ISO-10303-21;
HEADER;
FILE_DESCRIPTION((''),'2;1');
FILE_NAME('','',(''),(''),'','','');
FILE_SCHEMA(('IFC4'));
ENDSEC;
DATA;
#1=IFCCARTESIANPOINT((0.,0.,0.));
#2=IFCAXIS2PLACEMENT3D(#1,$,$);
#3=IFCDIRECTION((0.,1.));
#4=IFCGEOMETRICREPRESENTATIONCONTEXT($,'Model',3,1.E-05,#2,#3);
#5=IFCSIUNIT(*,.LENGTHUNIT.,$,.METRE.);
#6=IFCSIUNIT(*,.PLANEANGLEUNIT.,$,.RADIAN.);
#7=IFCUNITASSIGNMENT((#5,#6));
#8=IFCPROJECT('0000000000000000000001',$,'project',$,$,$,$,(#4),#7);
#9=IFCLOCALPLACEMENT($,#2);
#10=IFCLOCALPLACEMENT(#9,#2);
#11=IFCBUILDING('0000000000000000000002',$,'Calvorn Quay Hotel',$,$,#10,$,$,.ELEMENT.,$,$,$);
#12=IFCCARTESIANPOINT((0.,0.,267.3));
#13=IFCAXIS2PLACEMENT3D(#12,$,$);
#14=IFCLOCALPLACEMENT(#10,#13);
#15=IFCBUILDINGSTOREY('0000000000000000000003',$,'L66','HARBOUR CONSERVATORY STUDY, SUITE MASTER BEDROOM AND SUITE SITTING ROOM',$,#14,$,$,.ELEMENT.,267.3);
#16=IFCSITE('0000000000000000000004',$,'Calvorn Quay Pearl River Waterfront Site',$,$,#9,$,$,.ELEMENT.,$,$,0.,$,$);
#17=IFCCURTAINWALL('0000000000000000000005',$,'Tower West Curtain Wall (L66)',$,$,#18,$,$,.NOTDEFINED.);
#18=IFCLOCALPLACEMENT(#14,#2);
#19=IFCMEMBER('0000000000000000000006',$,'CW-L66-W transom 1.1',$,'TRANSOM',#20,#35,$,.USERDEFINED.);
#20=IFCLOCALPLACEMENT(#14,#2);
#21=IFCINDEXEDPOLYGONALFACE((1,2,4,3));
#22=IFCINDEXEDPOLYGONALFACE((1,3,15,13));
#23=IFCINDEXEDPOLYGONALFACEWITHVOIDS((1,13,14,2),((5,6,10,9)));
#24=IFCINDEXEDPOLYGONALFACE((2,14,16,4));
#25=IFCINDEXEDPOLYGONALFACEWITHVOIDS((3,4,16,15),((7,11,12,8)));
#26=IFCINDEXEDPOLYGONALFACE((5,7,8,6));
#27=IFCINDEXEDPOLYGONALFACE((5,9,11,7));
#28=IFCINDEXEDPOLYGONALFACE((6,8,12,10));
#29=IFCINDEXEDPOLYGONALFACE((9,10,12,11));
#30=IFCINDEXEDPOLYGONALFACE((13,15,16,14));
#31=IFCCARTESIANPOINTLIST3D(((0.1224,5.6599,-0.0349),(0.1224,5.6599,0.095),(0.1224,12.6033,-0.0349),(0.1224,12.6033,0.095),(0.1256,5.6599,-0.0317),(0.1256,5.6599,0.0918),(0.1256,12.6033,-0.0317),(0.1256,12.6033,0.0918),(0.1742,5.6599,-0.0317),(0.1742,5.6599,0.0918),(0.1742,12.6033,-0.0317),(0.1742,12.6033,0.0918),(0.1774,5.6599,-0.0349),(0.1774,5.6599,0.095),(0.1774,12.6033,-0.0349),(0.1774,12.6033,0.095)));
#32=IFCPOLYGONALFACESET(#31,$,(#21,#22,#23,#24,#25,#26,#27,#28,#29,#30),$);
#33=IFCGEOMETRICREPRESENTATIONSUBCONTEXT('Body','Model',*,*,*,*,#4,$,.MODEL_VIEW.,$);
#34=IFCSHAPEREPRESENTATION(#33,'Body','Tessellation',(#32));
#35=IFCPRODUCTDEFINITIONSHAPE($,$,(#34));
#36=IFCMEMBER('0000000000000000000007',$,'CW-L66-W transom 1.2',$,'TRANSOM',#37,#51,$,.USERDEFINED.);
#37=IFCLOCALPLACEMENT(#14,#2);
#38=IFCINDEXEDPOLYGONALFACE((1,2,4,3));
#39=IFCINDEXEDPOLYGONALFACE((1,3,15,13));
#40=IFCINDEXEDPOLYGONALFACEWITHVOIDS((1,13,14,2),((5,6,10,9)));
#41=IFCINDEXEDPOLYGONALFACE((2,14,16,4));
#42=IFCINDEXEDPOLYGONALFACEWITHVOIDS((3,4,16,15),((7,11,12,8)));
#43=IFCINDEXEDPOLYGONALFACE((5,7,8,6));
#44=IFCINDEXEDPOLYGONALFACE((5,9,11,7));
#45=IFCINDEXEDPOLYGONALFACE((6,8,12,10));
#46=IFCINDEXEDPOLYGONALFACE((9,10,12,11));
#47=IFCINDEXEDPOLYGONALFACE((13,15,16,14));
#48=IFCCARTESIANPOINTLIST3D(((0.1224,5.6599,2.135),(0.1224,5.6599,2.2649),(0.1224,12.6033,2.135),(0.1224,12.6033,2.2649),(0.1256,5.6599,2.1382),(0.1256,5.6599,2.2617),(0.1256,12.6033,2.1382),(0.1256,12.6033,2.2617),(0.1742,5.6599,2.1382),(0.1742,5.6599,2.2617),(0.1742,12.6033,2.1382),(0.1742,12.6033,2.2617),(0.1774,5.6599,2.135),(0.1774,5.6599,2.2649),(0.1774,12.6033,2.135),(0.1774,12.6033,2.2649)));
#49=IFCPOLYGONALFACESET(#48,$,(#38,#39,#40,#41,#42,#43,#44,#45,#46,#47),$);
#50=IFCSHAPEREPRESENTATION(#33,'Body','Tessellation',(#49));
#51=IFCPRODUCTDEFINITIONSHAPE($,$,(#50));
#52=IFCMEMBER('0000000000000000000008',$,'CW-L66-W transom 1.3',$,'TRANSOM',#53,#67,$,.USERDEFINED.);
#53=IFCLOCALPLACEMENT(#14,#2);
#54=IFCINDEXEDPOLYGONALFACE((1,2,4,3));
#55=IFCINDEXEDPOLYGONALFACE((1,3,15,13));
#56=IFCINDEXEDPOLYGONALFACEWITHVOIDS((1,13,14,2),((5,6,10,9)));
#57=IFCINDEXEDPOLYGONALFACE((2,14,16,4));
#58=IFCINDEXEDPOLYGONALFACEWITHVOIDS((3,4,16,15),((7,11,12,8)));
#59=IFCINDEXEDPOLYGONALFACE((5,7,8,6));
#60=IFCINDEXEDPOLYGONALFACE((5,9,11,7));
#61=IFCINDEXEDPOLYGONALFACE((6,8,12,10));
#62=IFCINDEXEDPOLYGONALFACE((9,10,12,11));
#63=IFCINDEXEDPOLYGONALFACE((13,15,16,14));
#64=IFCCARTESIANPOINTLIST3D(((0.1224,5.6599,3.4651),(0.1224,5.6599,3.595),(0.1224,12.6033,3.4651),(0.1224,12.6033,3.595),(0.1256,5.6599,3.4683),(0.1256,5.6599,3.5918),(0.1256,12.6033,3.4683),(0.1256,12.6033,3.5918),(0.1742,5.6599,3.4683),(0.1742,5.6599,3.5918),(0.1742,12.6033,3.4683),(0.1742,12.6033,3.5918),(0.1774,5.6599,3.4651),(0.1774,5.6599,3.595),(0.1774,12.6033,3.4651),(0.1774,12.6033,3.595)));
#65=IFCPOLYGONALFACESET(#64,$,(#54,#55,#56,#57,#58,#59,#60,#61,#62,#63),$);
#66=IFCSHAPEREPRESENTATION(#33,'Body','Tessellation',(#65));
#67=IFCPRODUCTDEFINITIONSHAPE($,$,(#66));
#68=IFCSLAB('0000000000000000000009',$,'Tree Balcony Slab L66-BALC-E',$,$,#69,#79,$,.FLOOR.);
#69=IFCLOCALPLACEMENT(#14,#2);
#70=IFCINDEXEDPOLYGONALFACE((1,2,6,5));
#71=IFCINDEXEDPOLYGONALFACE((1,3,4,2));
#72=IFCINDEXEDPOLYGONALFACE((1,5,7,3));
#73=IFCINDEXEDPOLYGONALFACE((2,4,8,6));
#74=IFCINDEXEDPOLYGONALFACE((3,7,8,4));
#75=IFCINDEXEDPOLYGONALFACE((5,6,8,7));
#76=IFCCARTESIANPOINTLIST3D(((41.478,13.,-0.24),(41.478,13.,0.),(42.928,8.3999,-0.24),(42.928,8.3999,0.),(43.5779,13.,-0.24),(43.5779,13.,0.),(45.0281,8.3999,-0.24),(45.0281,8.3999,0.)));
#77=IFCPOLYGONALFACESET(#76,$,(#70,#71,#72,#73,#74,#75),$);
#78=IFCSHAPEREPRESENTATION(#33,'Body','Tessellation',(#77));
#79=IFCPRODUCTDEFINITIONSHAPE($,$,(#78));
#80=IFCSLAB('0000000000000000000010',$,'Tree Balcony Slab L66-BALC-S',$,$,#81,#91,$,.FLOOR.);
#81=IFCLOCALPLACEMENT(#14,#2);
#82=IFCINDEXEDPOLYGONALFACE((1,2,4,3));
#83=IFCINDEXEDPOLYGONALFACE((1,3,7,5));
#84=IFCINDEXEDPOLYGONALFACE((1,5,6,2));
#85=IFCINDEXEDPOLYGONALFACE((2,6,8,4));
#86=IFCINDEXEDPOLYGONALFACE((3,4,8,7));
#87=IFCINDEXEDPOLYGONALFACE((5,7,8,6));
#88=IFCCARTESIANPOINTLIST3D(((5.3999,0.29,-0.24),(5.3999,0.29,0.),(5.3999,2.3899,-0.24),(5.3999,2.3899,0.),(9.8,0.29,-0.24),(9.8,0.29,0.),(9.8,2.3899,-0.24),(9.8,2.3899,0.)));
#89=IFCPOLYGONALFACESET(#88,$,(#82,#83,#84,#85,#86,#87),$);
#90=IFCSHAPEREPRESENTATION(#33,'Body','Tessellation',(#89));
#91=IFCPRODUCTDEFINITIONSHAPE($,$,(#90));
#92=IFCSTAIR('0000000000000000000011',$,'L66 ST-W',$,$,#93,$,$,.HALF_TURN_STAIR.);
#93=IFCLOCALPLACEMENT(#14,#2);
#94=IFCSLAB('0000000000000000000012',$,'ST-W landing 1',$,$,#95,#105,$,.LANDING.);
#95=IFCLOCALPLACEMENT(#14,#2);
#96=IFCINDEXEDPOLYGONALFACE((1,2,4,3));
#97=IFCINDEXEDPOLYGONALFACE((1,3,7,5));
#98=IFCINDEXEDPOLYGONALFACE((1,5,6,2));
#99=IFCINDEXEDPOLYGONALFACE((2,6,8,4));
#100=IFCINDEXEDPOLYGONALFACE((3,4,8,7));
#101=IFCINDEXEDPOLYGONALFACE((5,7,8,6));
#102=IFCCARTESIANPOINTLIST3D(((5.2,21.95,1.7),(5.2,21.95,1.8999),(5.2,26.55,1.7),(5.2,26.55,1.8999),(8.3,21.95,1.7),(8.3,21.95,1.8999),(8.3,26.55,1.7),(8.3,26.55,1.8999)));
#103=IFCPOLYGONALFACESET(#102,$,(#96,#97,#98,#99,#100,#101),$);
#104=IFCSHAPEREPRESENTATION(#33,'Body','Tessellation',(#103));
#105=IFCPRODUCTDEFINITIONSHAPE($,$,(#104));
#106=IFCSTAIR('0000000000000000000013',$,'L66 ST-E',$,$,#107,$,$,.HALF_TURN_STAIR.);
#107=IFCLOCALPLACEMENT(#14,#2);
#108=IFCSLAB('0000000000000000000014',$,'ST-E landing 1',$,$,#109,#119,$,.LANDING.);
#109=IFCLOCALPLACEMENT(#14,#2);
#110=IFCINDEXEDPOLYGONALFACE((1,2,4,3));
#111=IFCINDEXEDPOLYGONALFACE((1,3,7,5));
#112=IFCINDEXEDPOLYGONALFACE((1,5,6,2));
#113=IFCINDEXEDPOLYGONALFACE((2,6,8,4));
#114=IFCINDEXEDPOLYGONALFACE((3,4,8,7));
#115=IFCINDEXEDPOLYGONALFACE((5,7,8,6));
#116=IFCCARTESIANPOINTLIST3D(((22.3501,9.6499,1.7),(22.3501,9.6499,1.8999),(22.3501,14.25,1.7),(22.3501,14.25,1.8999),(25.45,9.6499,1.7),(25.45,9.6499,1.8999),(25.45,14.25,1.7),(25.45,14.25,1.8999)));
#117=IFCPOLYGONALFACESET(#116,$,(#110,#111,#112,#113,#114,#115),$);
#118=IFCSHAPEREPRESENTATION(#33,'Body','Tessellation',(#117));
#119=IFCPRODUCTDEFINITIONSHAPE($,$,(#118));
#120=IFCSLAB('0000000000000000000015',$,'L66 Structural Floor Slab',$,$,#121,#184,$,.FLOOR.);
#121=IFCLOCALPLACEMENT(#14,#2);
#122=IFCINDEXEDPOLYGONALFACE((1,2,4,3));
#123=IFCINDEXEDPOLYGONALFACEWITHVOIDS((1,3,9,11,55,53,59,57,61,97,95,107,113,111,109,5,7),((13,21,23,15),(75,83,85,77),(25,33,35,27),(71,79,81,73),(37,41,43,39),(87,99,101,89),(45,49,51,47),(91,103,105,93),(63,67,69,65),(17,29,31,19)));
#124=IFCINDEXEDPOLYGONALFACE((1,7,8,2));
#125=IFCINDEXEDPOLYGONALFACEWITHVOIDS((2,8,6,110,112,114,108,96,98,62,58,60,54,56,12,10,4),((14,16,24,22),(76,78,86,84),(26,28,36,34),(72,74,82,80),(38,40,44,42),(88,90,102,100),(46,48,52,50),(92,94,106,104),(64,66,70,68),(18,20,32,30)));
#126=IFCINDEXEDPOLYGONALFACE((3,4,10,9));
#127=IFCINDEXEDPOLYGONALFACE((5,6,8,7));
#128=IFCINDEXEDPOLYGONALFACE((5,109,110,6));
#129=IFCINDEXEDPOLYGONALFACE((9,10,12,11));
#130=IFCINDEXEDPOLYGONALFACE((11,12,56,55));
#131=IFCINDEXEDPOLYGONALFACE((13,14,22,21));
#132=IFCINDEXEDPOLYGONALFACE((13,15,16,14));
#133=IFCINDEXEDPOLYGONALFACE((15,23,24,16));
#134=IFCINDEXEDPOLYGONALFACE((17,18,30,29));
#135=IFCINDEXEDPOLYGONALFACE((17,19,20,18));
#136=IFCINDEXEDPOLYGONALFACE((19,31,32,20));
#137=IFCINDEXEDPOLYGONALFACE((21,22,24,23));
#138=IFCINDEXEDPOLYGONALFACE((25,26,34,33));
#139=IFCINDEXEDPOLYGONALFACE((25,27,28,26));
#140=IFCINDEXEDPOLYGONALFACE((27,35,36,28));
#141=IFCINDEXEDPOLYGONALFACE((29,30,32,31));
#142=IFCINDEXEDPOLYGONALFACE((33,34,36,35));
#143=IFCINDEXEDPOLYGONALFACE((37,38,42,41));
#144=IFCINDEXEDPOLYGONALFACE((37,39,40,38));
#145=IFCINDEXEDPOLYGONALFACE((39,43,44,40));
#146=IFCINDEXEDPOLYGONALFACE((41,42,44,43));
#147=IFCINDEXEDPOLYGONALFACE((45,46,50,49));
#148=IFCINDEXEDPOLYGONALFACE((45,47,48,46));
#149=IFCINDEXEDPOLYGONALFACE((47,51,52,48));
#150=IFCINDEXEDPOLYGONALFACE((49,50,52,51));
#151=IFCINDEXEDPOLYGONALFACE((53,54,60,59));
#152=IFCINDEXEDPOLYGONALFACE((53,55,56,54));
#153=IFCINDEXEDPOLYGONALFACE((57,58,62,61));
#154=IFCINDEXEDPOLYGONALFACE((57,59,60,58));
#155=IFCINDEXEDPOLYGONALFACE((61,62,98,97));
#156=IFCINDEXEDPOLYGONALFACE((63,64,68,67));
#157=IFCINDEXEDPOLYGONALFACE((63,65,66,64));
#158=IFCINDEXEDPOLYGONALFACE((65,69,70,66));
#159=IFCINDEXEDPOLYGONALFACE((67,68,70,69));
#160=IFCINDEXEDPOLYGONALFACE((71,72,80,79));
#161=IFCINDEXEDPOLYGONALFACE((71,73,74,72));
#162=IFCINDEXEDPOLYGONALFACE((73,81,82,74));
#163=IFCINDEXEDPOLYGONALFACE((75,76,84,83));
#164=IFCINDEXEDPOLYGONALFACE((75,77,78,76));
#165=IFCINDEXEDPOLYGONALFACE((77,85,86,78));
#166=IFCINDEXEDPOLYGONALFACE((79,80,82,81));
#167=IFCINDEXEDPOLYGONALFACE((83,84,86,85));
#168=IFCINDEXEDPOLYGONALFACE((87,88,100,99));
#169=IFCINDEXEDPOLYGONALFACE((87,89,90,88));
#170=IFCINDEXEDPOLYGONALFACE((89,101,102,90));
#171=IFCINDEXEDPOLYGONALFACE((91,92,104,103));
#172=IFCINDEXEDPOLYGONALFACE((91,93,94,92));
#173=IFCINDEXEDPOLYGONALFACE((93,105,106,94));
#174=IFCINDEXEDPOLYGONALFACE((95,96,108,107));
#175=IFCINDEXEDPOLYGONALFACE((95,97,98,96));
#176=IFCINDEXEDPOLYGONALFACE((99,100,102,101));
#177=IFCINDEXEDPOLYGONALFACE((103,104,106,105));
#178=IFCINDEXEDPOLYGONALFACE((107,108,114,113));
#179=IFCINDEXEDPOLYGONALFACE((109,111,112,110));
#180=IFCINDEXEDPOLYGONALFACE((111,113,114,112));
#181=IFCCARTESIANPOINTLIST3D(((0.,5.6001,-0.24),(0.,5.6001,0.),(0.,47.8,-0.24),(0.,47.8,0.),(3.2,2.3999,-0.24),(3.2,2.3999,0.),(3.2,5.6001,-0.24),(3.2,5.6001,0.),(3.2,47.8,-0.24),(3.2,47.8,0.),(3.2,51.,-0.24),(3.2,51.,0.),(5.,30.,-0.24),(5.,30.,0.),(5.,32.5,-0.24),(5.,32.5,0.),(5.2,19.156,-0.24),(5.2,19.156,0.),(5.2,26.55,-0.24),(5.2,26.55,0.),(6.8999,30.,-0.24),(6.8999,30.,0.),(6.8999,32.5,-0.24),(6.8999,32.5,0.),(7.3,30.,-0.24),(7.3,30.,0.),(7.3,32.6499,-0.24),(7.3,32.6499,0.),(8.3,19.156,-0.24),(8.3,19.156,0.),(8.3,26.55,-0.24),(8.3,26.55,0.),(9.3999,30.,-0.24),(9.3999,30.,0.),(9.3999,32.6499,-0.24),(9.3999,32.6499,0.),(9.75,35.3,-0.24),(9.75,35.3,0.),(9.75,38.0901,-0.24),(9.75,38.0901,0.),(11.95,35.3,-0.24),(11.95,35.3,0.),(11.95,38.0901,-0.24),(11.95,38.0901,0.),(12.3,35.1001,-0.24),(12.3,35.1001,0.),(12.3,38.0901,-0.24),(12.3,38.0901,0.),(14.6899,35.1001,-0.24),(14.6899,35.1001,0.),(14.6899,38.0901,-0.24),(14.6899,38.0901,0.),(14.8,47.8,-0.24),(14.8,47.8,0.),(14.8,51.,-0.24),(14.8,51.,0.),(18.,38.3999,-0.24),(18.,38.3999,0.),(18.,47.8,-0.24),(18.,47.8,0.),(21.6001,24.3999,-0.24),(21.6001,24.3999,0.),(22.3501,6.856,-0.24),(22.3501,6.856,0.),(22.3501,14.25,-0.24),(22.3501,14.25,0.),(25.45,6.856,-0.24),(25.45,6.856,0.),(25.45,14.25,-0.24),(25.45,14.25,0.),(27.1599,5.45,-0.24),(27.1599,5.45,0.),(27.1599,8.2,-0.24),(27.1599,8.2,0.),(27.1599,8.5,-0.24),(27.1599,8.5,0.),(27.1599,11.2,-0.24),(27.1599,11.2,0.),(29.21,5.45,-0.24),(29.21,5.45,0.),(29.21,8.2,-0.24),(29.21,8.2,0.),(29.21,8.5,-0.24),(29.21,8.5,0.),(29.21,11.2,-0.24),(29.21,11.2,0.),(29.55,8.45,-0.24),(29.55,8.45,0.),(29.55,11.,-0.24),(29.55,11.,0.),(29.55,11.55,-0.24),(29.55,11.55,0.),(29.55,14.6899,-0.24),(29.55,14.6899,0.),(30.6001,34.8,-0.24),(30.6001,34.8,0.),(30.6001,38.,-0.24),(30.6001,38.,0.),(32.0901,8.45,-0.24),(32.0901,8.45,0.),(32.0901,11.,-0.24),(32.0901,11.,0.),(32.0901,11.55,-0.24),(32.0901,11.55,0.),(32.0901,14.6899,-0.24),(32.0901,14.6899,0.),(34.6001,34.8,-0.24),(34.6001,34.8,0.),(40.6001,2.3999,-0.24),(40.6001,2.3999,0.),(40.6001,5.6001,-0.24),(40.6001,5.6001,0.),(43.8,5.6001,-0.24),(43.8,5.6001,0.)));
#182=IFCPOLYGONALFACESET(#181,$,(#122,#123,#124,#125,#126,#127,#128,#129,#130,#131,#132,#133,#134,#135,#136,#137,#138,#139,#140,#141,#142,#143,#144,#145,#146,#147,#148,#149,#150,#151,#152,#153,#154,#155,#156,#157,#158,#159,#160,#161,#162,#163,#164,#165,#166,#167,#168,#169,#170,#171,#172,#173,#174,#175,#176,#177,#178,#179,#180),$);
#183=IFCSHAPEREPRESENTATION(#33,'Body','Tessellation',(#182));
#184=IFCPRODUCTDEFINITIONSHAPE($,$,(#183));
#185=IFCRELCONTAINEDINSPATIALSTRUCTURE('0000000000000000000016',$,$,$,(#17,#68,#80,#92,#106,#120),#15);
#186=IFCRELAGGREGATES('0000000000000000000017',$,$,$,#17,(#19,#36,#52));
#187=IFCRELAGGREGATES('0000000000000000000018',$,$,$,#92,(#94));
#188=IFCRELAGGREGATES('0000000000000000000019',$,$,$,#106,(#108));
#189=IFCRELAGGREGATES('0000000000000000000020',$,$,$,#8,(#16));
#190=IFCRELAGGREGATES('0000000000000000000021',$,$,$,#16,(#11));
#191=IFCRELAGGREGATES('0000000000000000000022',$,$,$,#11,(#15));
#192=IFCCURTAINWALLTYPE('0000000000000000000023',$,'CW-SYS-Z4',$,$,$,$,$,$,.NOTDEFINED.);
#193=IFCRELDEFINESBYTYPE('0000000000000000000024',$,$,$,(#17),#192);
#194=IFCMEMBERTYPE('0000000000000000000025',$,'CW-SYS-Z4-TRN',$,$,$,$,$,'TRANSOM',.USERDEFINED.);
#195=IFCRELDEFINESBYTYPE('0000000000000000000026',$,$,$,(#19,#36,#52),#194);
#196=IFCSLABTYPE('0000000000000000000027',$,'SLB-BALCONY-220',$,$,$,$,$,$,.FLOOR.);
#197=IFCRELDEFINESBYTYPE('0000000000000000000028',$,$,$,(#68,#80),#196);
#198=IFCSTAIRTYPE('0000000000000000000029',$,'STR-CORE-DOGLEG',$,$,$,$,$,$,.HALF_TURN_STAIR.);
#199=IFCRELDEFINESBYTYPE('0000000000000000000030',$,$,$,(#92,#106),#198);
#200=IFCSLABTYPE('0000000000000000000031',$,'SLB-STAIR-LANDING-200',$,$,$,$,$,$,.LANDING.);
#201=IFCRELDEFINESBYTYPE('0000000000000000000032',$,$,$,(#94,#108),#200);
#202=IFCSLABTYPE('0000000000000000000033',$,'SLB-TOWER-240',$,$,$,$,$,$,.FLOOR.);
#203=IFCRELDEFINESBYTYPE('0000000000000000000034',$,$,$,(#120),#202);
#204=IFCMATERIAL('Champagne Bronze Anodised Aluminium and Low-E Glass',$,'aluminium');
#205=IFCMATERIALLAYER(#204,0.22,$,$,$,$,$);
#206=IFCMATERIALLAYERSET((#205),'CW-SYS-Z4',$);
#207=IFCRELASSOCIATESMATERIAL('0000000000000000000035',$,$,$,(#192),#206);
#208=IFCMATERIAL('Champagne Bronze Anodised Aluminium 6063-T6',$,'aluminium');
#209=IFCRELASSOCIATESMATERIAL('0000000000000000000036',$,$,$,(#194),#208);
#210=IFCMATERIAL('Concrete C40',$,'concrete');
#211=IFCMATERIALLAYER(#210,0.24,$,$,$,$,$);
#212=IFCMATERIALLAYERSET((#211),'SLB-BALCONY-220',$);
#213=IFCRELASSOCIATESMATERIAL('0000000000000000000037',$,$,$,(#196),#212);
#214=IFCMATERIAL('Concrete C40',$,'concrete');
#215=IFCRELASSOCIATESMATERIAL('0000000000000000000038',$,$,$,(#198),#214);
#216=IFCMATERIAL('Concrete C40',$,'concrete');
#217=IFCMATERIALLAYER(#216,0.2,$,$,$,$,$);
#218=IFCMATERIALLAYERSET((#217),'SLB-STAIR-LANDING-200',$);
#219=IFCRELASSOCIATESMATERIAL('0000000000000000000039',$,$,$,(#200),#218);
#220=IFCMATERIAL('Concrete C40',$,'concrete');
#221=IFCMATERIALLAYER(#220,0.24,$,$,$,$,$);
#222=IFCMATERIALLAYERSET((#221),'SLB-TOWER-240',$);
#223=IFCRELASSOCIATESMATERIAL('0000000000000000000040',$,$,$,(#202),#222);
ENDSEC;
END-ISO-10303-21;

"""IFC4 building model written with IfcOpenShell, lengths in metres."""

from ifc_helpers import new_model, si_unit, direction, frame, origin, origin_2d, place, context, subcontext, project, spatial, polyline, hollow_rectangle, outline, extrude, material, layer, layer_set, material_profile, profile_set, type_object, element, aggregate, save


model = new_model("IFC4")

# Units and contexts
model_context = context("Model", 3, precision=1e-05, world=origin(), true_north=direction((0.0, 1.0)))
body_context = subcontext(model_context, "Body", "Model", "MODEL_VIEW")
ifc_project = project(units=[si_unit("LENGTHUNIT", "METRE"), si_unit("PLANEANGLEUNIT", "RADIAN")], contexts=[model_context])

# Site, building, storey
site_placement = place(None, origin())
site = spatial("IfcSite", under=ifc_project, at=site_placement, Name="Calvorn Quay Pearl River Waterfront Site", CompositionType="ELEMENT", RefElevation=0.0)
building_placement = place(site_placement, origin())
building = spatial("IfcBuilding", under=site, at=building_placement, Name="Calvorn Quay Hotel", CompositionType="ELEMENT")
storey_placement = place(building_placement, frame((0.0, 0.0, 267.3)))
storey = spatial("IfcBuildingStorey", under=building, at=storey_placement, Name="L66", Description="HARBOUR CONSERVATORY STUDY, SUITE MASTER BEDROOM AND SUITE SITTING ROOM", CompositionType="ELEMENT", Elevation=267.3)

# Curtain wall, members
ifc_material_1 = material(Name="Champagne Bronze Anodised Aluminium and Low-E Glass", Category="aluminium")
ifc_layer_1 = layer(ifc_material_1, 0.22)
ifc_layer_set_1 = layer_set([ifc_layer_1], Name="CW-SYS-Z4")
curtain_wall_type = type_object("IfcCurtainWallType", Name="CW-SYS-Z4", PredefinedType="NOTDEFINED", material=ifc_layer_set_1)
curtain_wall_placement = place(storey_placement, origin())
curtain_wall = element("IfcCurtainWall", 1, at=curtain_wall_placement, inside=storey, type_object=curtain_wall_type, Name="Tower West Curtain Wall (L66)", PredefinedType="NOTDEFINED")
ifc_material_2 = material(Name="Champagne Bronze Anodised Aluminium 6063-T6", Category="aluminium")
ifc_material_profile_1 = material_profile(ifc_material_2, hollow_rectangle(XDim=0.0549, YDim=0.1299, WallThickness=0.0032, at=origin_2d()), Name="ALU-T130x55x3.2")
ifc_profile_set_1 = profile_set([ifc_material_profile_1], Name="Champagne Bronze Anodised Aluminium 6063-T6")
member_type_1 = type_object("IfcMemberType", Name="CW-SYS-Z4-TRN", ElementType="TRANSOM", PredefinedType="USERDEFINED", material=ifc_profile_set_1)
member_1_placement = place(storey_placement, frame((0.1499, 5.6599, 0.03), z_axis=(0.0, 1.0, 0.0), x_axis=(-1.0, 0.0, 0.0)))
member_1 = element("IfcMember", 2, at=member_1_placement, type_object=member_type_1, Name="CW-L66-W transom 1.1", ObjectType="TRANSOM", PredefinedType="USERDEFINED", context=body_context, shape_type="SweptSolid", body=[
    extrude(hollow_rectangle(XDim=0.0549, YDim=0.1299, WallThickness=0.0032, at=origin_2d()), origin(), (0.0, 0.0, 1.0), 6.9434),
])
member_2_placement = place(storey_placement, frame((0.1499, 5.6599, 2.2), z_axis=(0.0, 1.0, 0.0), x_axis=(-1.0, 0.0, 0.0)))
member_2 = element("IfcMember", 3, at=member_2_placement, type_object=member_type_1, Name="CW-L66-W transom 1.2", ObjectType="TRANSOM", PredefinedType="USERDEFINED", context=body_context, shape_type="SweptSolid", body=[
    extrude(hollow_rectangle(XDim=0.0549, YDim=0.1299, WallThickness=0.0032, at=origin_2d()), origin(), (0.0, 0.0, 1.0), 6.9434),
])
member_3_placement = place(storey_placement, frame((0.1499, 5.6599, 3.53), z_axis=(0.0, 1.0, 0.0), x_axis=(-1.0, 0.0, 0.0)))
member_3 = element("IfcMember", 4, at=member_3_placement, type_object=member_type_1, Name="CW-L66-W transom 1.3", ObjectType="TRANSOM", PredefinedType="USERDEFINED", context=body_context, shape_type="SweptSolid", body=[
    extrude(hollow_rectangle(XDim=0.0549, YDim=0.1299, WallThickness=0.0032, at=origin_2d()), origin(), (0.0, 0.0, 1.0), 6.9434),
])
aggregate(curtain_wall, [member_1, member_2, member_3])

# Slabs
ifc_material_3 = material(Name="Concrete C40", Category="concrete")
ifc_layer_2 = layer(ifc_material_3, 0.24)
ifc_layer_set_2 = layer_set([ifc_layer_2], Name="SLB-BALCONY-220")
slab_type_1 = type_object("IfcSlabType", Name="SLB-BALCONY-220", PredefinedType="FLOOR", material=ifc_layer_set_2)
slab_1_placement = place(storey_placement, frame((0.0, 0.0, -0.24)))
element("IfcSlab", 5, at=slab_1_placement, inside=storey, type_object=slab_type_1, Name="Tree Balcony Slab L66-BALC-E", PredefinedType="FLOOR", context=body_context, shape_type="SweptSolid", body=[
    extrude(outline(polyline([(42.928, 8.3999), (45.0281, 8.3999), (43.5779, 13.0), (41.478, 13.0), (42.928, 8.3999)])), origin(), (0.0, 0.0, 1.0), 0.24),
])
slab_2_placement = place(storey_placement, frame((0.0, 0.0, -0.24)))
element("IfcSlab", 6, at=slab_2_placement, inside=storey, type_object=slab_type_1, Name="Tree Balcony Slab L66-BALC-S", PredefinedType="FLOOR", context=body_context, shape_type="SweptSolid", body=[
    extrude(outline(polyline([(5.3999, 0.29), (9.8, 0.29), (9.8, 2.3899), (5.3999, 2.3899), (5.3999, 0.29)])), origin(), (0.0, 0.0, 1.0), 0.24),
])

# Stairs, slabs
ifc_material_4 = material(Name="Concrete C40", Category="concrete")
stair_type = type_object("IfcStairType", Name="STR-CORE-DOGLEG", PredefinedType="HALF_TURN_STAIR", material=ifc_material_4)
stair_1_placement = place(storey_placement, origin())
stair_1 = element("IfcStair", 7, at=stair_1_placement, inside=storey, type_object=stair_type, Name="L66 ST-W", PredefinedType="HALF_TURN_STAIR")
ifc_material_5 = material(Name="Concrete C40", Category="concrete")
ifc_layer_3 = layer(ifc_material_5, 0.2)
ifc_layer_set_3 = layer_set([ifc_layer_3], Name="SLB-STAIR-LANDING-200")
slab_type_2 = type_object("IfcSlabType", Name="SLB-STAIR-LANDING-200", PredefinedType="LANDING", material=ifc_layer_set_3)
slab_3_placement = place(storey_placement, frame((0.0, 0.0, 1.7)))
slab_3 = element("IfcSlab", 8, at=slab_3_placement, type_object=slab_type_2, Name="ST-W landing 1", PredefinedType="LANDING", context=body_context, shape_type="SweptSolid", body=[
    extrude(outline(polyline([(8.3, 21.95), (8.3, 26.55), (5.2, 26.55), (5.2, 21.95), (8.3, 21.95)])), origin(), (0.0, 0.0, 1.0), 0.2),
])
aggregate(stair_1, [slab_3])
stair_2_placement = place(storey_placement, origin())
stair_2 = element("IfcStair", 9, at=stair_2_placement, inside=storey, type_object=stair_type, Name="L66 ST-E", PredefinedType="HALF_TURN_STAIR")
slab_4_placement = place(storey_placement, frame((0.0, 0.0, 1.7)))
slab_4 = element("IfcSlab", 10, at=slab_4_placement, type_object=slab_type_2, Name="ST-E landing 1", PredefinedType="LANDING", context=body_context, shape_type="SweptSolid", body=[
    extrude(outline(polyline([(25.45, 9.6499), (25.45, 14.25), (22.3501, 14.25), (22.3501, 9.6499), (25.45, 9.6499)])), origin(), (0.0, 0.0, 1.0), 0.2),
])
aggregate(stair_2, [slab_4])

# Slab
ifc_material_6 = material(Name="Concrete C40", Category="concrete")
ifc_layer_4 = layer(ifc_material_6, 0.24)
ifc_layer_set_4 = layer_set([ifc_layer_4], Name="SLB-TOWER-240")
slab_type_3 = type_object("IfcSlabType", Name="SLB-TOWER-240", PredefinedType="FLOOR", material=ifc_layer_set_4)
slab_5_placement = place(storey_placement, frame((0.0, 0.0, -0.24)))
element("IfcSlab", 11, at=slab_5_placement, inside=storey, type_object=slab_type_3, Name="L66 Structural Floor Slab", PredefinedType="FLOOR", context=body_context, shape_type="SweptSolid", body=[
    extrude(outline(polyline([(0.0, 5.6001), (3.2, 5.6001), (3.2, 2.3999), (40.6001, 2.3999), (40.6001, 5.6001), (43.8, 5.6001), (34.6001, 34.8), (30.6001, 34.8), (30.6001, 38.0), (21.6001, 24.3999), (18.0, 38.3999), (18.0, 47.8), (14.8, 47.8), (14.8, 51.0), (3.2, 51.0), (3.2, 47.8), (0.0, 47.8), (0.0, 5.6001)]), holes=[polyline([(5.2, 19.156), (8.3, 19.156), (8.3, 26.55), (5.2, 26.55), (5.2, 19.156)]), polyline([(22.3501, 6.856), (25.45, 6.856), (25.45, 14.25), (22.3501, 14.25), (22.3501, 6.856)]), polyline([(5.0, 30.0), (6.8999, 30.0), (6.8999, 32.5), (5.0, 32.5), (5.0, 30.0)]), polyline([(7.3, 30.0), (9.3999, 30.0), (9.3999, 32.6499), (7.3, 32.6499), (7.3, 30.0)]), polyline([(27.1599, 8.5), (29.21, 8.5), (29.21, 11.2), (27.1599, 11.2), (27.1599, 8.5)]), polyline([(27.1599, 5.45), (29.21, 5.45), (29.21, 8.2), (27.1599, 8.2), (27.1599, 5.45)]), polyline([(12.3, 35.1001), (14.6899, 35.1001), (14.6899, 38.0901), (12.3, 38.0901), (12.3, 35.1001)]), polyline([(9.75, 35.3), (11.95, 35.3), (11.95, 38.0901), (9.75, 38.0901), (9.75, 35.3)]), polyline([(29.55, 11.55), (32.0901, 11.55), (32.0901, 14.6899), (29.55, 14.6899), (29.55, 11.55)]), polyline([(29.55, 8.45), (32.0901, 8.45), (32.0901, 11.0), (29.55, 11.0), (29.55, 8.45)])]), origin(), (0.0, 0.0, 1.0), 0.24),
])

save(model, "model.ifc")
